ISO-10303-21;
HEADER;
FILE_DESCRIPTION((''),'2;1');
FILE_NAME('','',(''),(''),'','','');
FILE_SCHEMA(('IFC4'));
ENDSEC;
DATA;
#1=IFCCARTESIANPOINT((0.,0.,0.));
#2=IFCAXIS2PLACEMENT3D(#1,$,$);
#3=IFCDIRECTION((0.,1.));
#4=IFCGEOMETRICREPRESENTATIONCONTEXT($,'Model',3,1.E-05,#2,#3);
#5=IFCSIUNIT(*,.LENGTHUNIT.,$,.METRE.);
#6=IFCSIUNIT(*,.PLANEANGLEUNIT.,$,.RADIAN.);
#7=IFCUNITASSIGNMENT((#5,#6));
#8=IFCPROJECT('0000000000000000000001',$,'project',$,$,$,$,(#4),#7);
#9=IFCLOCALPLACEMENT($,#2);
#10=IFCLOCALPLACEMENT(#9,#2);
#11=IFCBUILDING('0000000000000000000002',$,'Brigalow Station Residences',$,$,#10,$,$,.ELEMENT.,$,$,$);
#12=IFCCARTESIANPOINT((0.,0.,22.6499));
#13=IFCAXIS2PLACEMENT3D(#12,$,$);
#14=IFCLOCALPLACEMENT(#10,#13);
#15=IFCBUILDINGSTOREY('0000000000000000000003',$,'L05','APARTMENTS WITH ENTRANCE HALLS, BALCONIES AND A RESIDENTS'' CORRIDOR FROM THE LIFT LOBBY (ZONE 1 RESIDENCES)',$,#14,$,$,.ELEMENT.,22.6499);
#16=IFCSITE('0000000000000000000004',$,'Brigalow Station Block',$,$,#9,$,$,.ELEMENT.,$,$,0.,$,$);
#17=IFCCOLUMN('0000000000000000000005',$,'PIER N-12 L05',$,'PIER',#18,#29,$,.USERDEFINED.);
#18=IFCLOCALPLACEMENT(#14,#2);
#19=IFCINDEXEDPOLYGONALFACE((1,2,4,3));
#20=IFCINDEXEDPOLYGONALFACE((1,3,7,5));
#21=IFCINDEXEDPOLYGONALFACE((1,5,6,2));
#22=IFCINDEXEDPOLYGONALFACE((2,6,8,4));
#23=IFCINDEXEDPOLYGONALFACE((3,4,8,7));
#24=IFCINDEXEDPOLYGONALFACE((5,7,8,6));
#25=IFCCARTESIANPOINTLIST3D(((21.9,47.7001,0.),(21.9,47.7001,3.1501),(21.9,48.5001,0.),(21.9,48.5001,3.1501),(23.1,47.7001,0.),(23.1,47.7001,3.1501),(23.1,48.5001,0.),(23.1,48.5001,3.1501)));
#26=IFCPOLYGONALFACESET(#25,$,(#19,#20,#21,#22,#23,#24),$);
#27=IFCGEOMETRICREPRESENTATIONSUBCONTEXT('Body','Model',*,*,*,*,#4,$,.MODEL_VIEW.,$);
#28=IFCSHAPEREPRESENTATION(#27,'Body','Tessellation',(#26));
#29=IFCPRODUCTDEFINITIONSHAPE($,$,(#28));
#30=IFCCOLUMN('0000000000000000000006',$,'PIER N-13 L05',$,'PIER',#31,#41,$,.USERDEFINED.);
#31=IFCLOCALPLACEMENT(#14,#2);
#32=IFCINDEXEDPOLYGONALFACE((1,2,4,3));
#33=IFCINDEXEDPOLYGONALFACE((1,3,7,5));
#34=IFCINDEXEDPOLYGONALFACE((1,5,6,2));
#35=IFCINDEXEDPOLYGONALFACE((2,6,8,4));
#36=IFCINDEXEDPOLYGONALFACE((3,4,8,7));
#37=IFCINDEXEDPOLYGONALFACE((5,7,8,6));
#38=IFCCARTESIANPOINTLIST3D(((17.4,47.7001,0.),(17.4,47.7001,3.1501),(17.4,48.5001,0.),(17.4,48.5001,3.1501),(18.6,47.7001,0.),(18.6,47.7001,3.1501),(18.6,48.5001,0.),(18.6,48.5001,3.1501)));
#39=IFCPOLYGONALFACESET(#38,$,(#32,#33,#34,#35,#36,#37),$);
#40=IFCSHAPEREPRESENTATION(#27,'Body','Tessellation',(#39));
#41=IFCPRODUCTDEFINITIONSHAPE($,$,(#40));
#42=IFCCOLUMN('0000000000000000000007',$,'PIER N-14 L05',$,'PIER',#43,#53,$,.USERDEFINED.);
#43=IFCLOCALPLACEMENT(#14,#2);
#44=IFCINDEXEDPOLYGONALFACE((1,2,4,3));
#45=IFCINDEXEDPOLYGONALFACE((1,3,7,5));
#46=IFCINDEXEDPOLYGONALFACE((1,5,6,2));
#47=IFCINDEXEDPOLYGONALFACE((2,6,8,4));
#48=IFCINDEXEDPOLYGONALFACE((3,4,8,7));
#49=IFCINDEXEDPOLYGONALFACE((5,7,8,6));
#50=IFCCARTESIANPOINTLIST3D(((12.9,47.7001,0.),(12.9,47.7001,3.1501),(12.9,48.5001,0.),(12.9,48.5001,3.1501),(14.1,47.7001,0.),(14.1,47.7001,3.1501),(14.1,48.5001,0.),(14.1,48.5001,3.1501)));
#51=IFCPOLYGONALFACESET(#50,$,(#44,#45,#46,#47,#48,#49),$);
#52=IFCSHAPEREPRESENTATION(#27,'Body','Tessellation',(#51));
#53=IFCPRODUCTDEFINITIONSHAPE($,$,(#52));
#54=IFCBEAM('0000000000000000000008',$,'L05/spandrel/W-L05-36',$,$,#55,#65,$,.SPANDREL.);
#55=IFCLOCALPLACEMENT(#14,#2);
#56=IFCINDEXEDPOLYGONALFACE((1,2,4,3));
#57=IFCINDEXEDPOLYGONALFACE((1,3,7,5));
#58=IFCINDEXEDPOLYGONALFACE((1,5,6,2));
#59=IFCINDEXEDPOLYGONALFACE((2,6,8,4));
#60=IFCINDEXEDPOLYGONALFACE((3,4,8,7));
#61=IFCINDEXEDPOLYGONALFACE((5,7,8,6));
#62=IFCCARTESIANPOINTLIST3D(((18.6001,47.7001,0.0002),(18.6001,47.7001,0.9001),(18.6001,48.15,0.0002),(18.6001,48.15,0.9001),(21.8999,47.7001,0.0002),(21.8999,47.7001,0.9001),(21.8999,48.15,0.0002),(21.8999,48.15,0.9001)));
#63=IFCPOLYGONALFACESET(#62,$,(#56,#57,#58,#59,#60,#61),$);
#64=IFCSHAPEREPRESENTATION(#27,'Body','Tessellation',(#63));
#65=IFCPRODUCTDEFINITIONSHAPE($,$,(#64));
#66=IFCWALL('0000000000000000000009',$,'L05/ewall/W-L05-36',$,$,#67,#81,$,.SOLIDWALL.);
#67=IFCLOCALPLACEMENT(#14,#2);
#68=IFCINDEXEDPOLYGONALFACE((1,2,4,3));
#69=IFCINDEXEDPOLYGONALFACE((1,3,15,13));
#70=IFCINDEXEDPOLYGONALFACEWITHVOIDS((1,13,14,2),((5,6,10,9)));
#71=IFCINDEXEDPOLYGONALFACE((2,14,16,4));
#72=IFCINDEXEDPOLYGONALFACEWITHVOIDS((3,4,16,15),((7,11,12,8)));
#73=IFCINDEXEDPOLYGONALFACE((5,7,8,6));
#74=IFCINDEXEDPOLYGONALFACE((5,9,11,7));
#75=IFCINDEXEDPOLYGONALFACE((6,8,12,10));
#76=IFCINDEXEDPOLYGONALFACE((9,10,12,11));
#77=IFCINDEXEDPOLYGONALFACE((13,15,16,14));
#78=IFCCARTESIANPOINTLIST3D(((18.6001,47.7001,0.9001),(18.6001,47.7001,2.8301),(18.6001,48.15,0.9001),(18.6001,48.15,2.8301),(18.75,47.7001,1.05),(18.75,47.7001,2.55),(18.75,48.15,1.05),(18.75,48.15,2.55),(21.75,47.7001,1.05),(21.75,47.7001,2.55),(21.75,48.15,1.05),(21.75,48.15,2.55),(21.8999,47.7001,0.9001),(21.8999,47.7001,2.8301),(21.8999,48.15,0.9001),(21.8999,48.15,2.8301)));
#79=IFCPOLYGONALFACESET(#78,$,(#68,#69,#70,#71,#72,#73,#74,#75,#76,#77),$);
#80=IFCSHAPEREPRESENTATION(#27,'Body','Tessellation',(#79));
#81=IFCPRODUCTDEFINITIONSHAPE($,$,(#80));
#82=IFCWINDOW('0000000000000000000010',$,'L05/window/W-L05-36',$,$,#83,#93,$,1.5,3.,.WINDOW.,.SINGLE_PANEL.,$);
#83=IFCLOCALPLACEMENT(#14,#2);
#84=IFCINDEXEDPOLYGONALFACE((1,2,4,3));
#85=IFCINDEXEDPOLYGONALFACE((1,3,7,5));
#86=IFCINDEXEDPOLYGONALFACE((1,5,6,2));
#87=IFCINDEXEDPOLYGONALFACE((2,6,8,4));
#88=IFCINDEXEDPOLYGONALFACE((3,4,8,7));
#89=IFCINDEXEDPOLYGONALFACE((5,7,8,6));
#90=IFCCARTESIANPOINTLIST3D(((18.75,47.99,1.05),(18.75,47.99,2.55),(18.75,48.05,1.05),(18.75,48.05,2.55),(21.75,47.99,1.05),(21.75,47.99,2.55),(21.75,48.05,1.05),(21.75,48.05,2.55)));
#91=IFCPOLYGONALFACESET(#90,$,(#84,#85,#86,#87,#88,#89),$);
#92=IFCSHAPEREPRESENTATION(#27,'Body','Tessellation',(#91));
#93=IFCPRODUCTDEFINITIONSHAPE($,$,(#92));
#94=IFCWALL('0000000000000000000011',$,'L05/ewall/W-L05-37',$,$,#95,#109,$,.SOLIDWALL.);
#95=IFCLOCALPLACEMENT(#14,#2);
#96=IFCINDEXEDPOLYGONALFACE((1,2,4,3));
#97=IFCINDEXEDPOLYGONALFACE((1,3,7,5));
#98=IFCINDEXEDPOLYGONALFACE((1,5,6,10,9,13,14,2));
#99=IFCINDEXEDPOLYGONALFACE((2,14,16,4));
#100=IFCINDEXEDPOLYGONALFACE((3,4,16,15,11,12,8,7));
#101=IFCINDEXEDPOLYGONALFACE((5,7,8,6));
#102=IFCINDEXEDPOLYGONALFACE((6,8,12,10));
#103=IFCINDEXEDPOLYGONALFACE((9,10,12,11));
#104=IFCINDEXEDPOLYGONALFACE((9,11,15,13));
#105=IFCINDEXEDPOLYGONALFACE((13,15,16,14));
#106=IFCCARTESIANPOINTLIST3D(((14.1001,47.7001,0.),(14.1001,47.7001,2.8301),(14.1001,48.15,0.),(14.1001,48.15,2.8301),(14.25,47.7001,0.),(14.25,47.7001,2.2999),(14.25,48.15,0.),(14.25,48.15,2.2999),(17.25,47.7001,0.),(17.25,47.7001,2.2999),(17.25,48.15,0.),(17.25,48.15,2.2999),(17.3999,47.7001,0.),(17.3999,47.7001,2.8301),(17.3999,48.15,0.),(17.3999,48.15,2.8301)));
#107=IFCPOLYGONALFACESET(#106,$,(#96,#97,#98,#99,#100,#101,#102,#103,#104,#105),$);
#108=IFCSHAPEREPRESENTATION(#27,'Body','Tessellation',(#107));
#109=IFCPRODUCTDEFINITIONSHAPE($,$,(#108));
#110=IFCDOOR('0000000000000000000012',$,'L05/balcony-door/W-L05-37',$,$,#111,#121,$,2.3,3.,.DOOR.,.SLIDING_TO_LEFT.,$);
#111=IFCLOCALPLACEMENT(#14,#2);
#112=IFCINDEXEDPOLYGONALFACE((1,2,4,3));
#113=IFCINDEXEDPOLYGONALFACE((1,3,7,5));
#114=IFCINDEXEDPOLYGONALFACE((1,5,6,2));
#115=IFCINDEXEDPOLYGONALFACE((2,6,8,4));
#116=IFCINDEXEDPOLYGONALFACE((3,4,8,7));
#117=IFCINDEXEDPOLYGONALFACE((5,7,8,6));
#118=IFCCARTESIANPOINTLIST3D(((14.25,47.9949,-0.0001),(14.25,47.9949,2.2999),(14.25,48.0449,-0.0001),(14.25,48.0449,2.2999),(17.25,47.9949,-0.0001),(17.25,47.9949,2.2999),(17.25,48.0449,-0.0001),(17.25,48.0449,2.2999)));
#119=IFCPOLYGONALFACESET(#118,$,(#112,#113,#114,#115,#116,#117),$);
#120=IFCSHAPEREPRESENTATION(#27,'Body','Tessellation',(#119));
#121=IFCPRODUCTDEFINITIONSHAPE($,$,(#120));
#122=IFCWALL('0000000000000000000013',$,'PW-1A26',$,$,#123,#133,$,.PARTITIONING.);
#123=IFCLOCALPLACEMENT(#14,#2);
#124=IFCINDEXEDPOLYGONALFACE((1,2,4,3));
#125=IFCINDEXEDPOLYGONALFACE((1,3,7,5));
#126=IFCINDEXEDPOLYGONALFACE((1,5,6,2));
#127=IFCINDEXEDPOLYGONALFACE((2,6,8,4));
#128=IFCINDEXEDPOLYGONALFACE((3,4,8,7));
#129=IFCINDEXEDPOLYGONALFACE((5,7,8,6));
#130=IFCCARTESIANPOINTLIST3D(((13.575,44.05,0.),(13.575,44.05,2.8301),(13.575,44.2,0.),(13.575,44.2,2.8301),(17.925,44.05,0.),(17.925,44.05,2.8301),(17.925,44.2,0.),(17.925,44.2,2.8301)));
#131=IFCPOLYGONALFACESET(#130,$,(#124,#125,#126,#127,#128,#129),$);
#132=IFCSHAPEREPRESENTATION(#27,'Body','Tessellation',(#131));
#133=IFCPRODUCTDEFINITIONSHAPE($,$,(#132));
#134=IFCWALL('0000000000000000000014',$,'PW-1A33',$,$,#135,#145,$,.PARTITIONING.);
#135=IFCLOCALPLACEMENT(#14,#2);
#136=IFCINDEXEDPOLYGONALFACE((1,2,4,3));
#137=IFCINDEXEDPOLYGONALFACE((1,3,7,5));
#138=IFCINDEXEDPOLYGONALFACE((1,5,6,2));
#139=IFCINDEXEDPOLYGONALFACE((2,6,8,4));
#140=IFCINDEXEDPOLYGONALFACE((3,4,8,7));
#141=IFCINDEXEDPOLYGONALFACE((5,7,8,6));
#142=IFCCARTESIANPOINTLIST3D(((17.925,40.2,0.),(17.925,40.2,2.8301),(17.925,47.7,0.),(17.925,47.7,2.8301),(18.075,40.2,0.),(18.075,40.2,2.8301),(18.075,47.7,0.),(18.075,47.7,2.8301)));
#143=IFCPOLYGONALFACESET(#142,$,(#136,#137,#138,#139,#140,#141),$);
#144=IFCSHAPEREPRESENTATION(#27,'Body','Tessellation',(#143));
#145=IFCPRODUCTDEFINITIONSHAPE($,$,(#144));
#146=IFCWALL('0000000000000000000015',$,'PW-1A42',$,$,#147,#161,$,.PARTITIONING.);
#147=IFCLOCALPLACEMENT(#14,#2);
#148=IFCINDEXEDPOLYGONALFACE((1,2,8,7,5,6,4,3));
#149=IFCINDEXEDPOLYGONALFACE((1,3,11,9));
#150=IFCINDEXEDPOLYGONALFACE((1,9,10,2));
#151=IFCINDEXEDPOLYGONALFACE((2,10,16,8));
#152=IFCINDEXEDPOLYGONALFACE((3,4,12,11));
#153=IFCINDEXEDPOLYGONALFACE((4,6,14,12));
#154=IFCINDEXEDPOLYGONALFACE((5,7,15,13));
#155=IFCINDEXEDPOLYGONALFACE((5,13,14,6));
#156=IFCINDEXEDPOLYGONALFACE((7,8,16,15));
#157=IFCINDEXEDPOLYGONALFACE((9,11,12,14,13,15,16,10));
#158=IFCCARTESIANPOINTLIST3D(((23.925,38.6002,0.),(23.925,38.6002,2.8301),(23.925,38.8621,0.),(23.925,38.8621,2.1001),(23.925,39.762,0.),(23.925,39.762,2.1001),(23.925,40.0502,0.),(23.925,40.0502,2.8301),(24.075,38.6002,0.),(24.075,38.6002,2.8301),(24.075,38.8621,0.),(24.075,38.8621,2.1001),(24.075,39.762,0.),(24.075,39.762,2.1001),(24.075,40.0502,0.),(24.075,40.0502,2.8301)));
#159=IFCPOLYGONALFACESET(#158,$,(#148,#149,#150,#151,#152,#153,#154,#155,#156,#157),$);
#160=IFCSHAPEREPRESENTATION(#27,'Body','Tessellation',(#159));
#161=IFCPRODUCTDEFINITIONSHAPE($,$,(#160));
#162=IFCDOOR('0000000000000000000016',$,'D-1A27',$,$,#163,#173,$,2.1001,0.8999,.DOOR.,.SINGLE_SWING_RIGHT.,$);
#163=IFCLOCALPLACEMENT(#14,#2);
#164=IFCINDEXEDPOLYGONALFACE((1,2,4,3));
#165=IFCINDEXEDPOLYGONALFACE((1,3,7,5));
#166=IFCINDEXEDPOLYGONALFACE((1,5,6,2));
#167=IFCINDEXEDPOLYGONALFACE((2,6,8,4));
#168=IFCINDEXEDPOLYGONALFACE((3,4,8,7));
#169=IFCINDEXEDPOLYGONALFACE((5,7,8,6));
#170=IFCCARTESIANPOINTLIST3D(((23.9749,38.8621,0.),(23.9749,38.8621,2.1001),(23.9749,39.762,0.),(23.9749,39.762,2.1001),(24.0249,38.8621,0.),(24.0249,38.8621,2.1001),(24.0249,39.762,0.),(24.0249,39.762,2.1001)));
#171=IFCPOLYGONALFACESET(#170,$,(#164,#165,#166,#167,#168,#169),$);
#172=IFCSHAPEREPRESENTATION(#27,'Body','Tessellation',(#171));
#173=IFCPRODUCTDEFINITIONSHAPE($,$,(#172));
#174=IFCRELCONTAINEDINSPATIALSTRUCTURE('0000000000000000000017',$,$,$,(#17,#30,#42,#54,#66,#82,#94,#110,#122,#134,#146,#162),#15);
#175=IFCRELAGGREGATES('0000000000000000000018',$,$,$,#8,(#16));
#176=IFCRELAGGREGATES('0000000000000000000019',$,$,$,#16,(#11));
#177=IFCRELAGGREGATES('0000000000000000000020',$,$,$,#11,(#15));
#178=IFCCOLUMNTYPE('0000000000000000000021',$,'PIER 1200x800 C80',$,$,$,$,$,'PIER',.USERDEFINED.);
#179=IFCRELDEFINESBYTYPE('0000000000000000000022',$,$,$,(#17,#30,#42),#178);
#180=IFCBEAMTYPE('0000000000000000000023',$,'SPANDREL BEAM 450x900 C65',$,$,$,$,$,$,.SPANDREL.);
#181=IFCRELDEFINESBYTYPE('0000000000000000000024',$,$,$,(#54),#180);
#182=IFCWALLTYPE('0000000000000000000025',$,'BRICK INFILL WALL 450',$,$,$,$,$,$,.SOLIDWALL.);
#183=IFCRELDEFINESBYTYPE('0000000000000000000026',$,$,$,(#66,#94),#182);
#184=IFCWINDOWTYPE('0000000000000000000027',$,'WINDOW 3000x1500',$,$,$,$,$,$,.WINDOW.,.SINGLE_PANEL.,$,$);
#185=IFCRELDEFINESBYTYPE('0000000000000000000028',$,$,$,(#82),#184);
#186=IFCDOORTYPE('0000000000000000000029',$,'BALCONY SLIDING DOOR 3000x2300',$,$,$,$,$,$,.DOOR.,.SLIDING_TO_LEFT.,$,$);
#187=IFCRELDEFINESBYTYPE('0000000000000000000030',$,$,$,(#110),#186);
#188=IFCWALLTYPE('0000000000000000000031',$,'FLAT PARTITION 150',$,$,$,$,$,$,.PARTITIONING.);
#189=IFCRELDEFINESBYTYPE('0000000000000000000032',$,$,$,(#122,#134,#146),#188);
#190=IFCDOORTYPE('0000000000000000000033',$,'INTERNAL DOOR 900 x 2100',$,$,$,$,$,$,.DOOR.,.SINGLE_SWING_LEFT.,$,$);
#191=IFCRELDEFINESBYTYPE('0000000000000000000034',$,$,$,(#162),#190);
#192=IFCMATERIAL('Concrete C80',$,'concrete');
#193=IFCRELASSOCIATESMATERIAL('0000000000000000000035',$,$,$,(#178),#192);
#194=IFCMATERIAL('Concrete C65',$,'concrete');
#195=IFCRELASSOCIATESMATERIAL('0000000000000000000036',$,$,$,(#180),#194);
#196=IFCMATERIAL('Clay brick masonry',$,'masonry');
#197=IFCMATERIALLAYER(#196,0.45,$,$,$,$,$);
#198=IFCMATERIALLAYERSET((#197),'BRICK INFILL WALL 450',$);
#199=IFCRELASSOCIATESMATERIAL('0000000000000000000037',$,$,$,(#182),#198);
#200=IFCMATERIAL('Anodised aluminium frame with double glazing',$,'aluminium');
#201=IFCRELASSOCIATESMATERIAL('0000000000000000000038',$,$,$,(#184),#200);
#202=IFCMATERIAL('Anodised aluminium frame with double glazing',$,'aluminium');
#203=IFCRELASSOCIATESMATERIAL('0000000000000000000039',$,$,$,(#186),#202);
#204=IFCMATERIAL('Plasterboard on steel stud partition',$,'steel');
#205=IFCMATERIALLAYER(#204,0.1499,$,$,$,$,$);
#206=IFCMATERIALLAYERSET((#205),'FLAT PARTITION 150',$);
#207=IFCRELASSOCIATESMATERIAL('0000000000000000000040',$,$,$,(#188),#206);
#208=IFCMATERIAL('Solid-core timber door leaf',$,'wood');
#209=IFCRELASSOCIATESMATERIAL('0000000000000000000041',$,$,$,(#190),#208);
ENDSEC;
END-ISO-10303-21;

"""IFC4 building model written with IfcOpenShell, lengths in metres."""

from ifc_helpers import new_model, si_unit, direction, frame, frame_2d, origin, origin_2d, place, context, subcontext, project, spatial, rectangle, extrude, material, layer, layer_set, material_profile, profile_set, type_object, element, fill, save


model = new_model("IFC4")

# Units and contexts
model_context = context("Model", 3, precision=1e-05, world=origin(), true_north=direction((0.0, 1.0)))
body_context = subcontext(model_context, "Body", "Model", "MODEL_VIEW")
ifc_project = project(units=[si_unit("LENGTHUNIT", "METRE"), si_unit("PLANEANGLEUNIT", "RADIAN")], contexts=[model_context])

# Site, building, storey
site_placement = place(None, origin())
site = spatial("IfcSite", under=ifc_project, at=site_placement, Name="Brigalow Station Block", CompositionType="ELEMENT", RefElevation=0.0)
building_placement = place(site_placement, origin())
building = spatial("IfcBuilding", under=site, at=building_placement, Name="Brigalow Station Residences", CompositionType="ELEMENT")
storey_placement = place(building_placement, frame((0.0, 0.0, 22.6499)))
storey = spatial("IfcBuildingStorey", under=building, at=storey_placement, Name="L05", Description="APARTMENTS WITH ENTRANCE HALLS, BALCONIES AND A RESIDENTS' CORRIDOR FROM THE LIFT LOBBY (ZONE 1 RESIDENCES)", CompositionType="ELEMENT", Elevation=22.6499)

# Columns
ifc_material_1 = material(Name="Concrete C80", Category="concrete")
ifc_material_profile_1 = material_profile(ifc_material_1, rectangle(XDim=1.2, YDim=0.8, at=origin_2d()), Name="RC1200x800")
ifc_profile_set_1 = profile_set([ifc_material_profile_1], Name="Concrete C80")
column_type = type_object("IfcColumnType", Name="PIER 1200x800 C80", ElementType="PIER", PredefinedType="USERDEFINED", material=ifc_profile_set_1)
for number, where, z_axis, x_axis, name in (
    (1, (22.5, 48.1001, 0.0), (0.0, 0.0, 1.0), (-1.0, 0.0, 0.0), "PIER N-12 L05"),
    (2, (18.0, 48.1001, 0.0), (0.0, 0.0, 1.0), (-1.0, 0.0, 0.0), "PIER N-13 L05"),
    (3, (13.5, 48.1001, 0.0), (0.0, 0.0, 1.0), (-1.0, 0.0, 0.0), "PIER N-14 L05"),
):
    element("IfcColumn", number, at=place(storey_placement, frame(where, z_axis=z_axis, x_axis=x_axis)), inside=storey, type_object=column_type, Name=name, ObjectType="PIER", PredefinedType="USERDEFINED", context=body_context, shape_type="SweptSolid", body=[
        extrude(rectangle(XDim=1.2, YDim=0.8, at=origin_2d()), origin(), (0.0, 0.0, 1.0), 3.1501),
    ])

# Beam
ifc_material_2 = material(Name="Concrete C65", Category="concrete")
ifc_material_profile_2 = material_profile(ifc_material_2, rectangle(XDim=0.45, YDim=0.8999, at=origin_2d()), Name="RC450x900")
ifc_profile_set_2 = profile_set([ifc_material_profile_2], Name="Concrete C65")
beam_type = type_object("IfcBeamType", Name="SPANDREL BEAM 450x900 C65", PredefinedType="SPANDREL", material=ifc_profile_set_2)
beam_placement = place(storey_placement, frame((21.8999, 47.925, 0.4502), z_axis=(-1.0, 0.0, 0.0), x_axis=(0.0, -1.0, 0.0)))
element("IfcBeam", 4, at=beam_placement, inside=storey, type_object=beam_type, Name="L05/spandrel/W-L05-36", PredefinedType="SPANDREL", context=body_context, shape_type="SweptSolid", body=[
    extrude(rectangle(XDim=0.45, YDim=0.8999, at=origin_2d()), origin(), (0.0, 0.0, 1.0), 3.2998),
])

# Wall, opening, window
ifc_material_3 = material(Name="Clay brick masonry", Category="masonry")
ifc_layer_1 = layer(ifc_material_3, 0.45)
ifc_layer_set_1 = layer_set([ifc_layer_1], Name="BRICK INFILL WALL 450")
wall_type_1 = type_object("IfcWallType", Name="BRICK INFILL WALL 450", PredefinedType="SOLIDWALL", material=ifc_layer_set_1)
wall_1_placement = place(storey_placement, frame((21.8999, 47.925, 0.9001), z_axis=(0.0, 0.0, 1.0), x_axis=(-1.0, 0.0, 0.0)))
wall_1 = element("IfcWall", 5, at=wall_1_placement, inside=storey, type_object=wall_type_1, Name="L05/ewall/W-L05-36", PredefinedType="SOLIDWALL", context=body_context, shape_type="SweptSolid", body=[
    extrude(rectangle(XDim=3.2998, YDim=0.45, at=frame_2d((1.6499, 0.0))), origin(), (0.0, 0.0, 1.0), 1.9299),
])
opening_1_placement = place(wall_1_placement, frame((0.1499, 0.0, 0.1499)))
opening_1 = element("IfcOpeningElement", 6, at=opening_1_placement, cuts=wall_1, PredefinedType="OPENING", context=body_context, shape_type="SweptSolid", body=[
    extrude(rectangle(XDim=3.0, YDim=1.5, at=frame_2d((1.5, 0.75))), frame((0.0, 0.2349, 0.0), z_axis=(0.0, -1.0, 0.0), x_axis=(1.0, 0.0, 0.0)), (0.0, 0.0, 1.0), 0.47),
])
ifc_material_4 = material(Name="Anodised aluminium frame with double glazing", Category="aluminium")
window_type = type_object("IfcWindowType", Name="WINDOW 3000x1500", PartitioningType="SINGLE_PANEL", PredefinedType="WINDOW", material=ifc_material_4)
window_placement = place(opening_1_placement, origin())
window = element("IfcWindow", 7, at=window_placement, inside=storey, type_object=window_type, Name="L05/window/W-L05-36", OverallHeight=1.5, OverallWidth=3.0, PartitioningType="SINGLE_PANEL", PredefinedType="WINDOW", context=body_context, shape_type="SweptSolid", body=[
    extrude(rectangle(XDim=3.0, YDim=1.5, at=frame_2d((1.5, 0.75))), frame((0.0, -0.0649, 0.0), z_axis=(0.0, -1.0, 0.0), x_axis=(1.0, 0.0, 0.0)), (0.0, 0.0, 1.0), 0.0601),
])
fill(opening_1, window)

# Wall, opening, door
wall_2_placement = place(storey_placement, frame((17.3999, 47.925, 0.0), z_axis=(0.0, 0.0, 1.0), x_axis=(-1.0, 0.0, 0.0)))
wall_2 = element("IfcWall", 8, at=wall_2_placement, inside=storey, type_object=wall_type_1, Name="L05/ewall/W-L05-37", PredefinedType="SOLIDWALL", context=body_context, shape_type="SweptSolid", body=[
    extrude(rectangle(XDim=3.2998, YDim=0.45, at=frame_2d((1.6499, 0.0))), origin(), (0.0, 0.0, 1.0), 2.8301),
])
opening_2_placement = place(wall_2_placement, frame((0.1499, 0.0, 0.0)))
opening_2 = element("IfcOpeningElement", 9, at=opening_2_placement, cuts=wall_2, PredefinedType="OPENING", context=body_context, shape_type="SweptSolid", body=[
    extrude(rectangle(XDim=3.0, YDim=2.3, at=frame_2d((1.5, 1.1499))), frame((0.0, 0.2349, 0.0), z_axis=(0.0, -1.0, 0.0), x_axis=(1.0, 0.0, 0.0)), (0.0, 0.0, 1.0), 0.47),
])
ifc_material_5 = material(Name="Anodised aluminium frame with double glazing", Category="aluminium")
door_type_1 = type_object("IfcDoorType", Name="BALCONY SLIDING DOOR 3000x2300", OperationType="SLIDING_TO_LEFT", PredefinedType="DOOR", material=ifc_material_5)
door_1_placement = place(opening_2_placement, origin())
door_1 = element("IfcDoor", 10, at=door_1_placement, inside=storey, type_object=door_type_1, Name="L05/balcony-door/W-L05-37", OperationType="SLIDING_TO_LEFT", OverallHeight=2.3, OverallWidth=3.0, PredefinedType="DOOR", context=body_context, shape_type="SweptSolid", body=[
    extrude(rectangle(XDim=3.0, YDim=2.3, at=frame_2d((1.5, 1.1499))), frame((0.0, -0.0698, 0.0), z_axis=(0.0, -1.0, 0.0), x_axis=(1.0, 0.0, 0.0)), (0.0, 0.0, 1.0), 0.05),
])
fill(opening_2, door_1)

# Walls
ifc_material_6 = material(Name="Plasterboard on steel stud partition", Category="steel")
ifc_layer_2 = layer(ifc_material_6, 0.1499)
ifc_layer_set_2 = layer_set([ifc_layer_2], Name="FLAT PARTITION 150")
wall_type_2 = type_object("IfcWallType", Name="FLAT PARTITION 150", PredefinedType="PARTITIONING", material=ifc_layer_set_2)
wall_3_placement = place(storey_placement, frame((13.575, 44.125, 0.0), z_axis=(0.0, 0.0, 1.0), x_axis=(1.0, 0.0, 0.0)))
element("IfcWall", 11, at=wall_3_placement, inside=storey, type_object=wall_type_2, Name="PW-1A26", PredefinedType="PARTITIONING", context=body_context, shape_type="SweptSolid", body=[
    extrude(rectangle(XDim=4.3501, YDim=0.1499, at=frame_2d((2.175, 0.0))), origin(), (0.0, 0.0, 1.0), 2.8301),
])
wall_4_placement = place(storey_placement, frame((18.0, 40.2, 0.0), z_axis=(0.0, 0.0, 1.0), x_axis=(0.0, 1.0, 0.0)))
element("IfcWall", 12, at=wall_4_placement, inside=storey, type_object=wall_type_2, Name="PW-1A33", PredefinedType="PARTITIONING", context=body_context, shape_type="SweptSolid", body=[
    extrude(rectangle(XDim=7.5, YDim=0.1499, at=frame_2d((3.75, 0.0))), origin(), (0.0, 0.0, 1.0), 2.8301),
])

# Wall, opening, door
wall_5_placement = place(storey_placement, frame((24.0, 38.6001, 0.0), z_axis=(0.0, 0.0, 1.0), x_axis=(0.0, 1.0, 0.0)))
wall_5 = element("IfcWall", 13, at=wall_5_placement, inside=storey, type_object=wall_type_2, Name="PW-1A42", PredefinedType="PARTITIONING", context=body_context, shape_type="SweptSolid", body=[
    extrude(rectangle(XDim=1.45, YDim=0.1499, at=frame_2d((0.7251, 0.0))), origin(), (0.0, 0.0, 1.0), 2.8301),
])
opening_3_placement = place(wall_5_placement, frame((0.262, 0.0, 0.0)))
opening_3 = element("IfcOpeningElement", 14, at=opening_3_placement, cuts=wall_5, PredefinedType="OPENING", context=body_context, shape_type="SweptSolid", body=[
    extrude(rectangle(XDim=0.8999, YDim=2.1001, at=frame_2d((0.45, 1.05))), frame((0.0, 0.085, 0.0), z_axis=(0.0, -1.0, 0.0), x_axis=(1.0, 0.0, 0.0)), (0.0, 0.0, 1.0), 0.1699),
])
ifc_material_7 = material(Name="Solid-core timber door leaf", Category="wood")
door_type_2 = type_object("IfcDoorType", Name="INTERNAL DOOR 900 x 2100", OperationType="SINGLE_SWING_LEFT", PredefinedType="DOOR", material=ifc_material_7)
door_2_placement = place(opening_3_placement, frame((0.8999, 0.0, 0.0), z_axis=(0.0, 0.0, 1.0), x_axis=(-1.0, 0.0, 0.0)))
door_2 = element("IfcDoor", 15, at=door_2_placement, inside=storey, type_object=door_type_2, Name="D-1A27", OperationType="SINGLE_SWING_RIGHT", OverallHeight=2.1001, OverallWidth=0.8999, PredefinedType="DOOR", context=body_context, shape_type="SweptSolid", body=[
    extrude(rectangle(XDim=0.8999, YDim=2.1001, at=frame_2d((0.45, 1.05))), frame((0.0, 0.0249, 0.0), z_axis=(0.0, -1.0, 0.0), x_axis=(1.0, 0.0, 0.0)), (0.0, 0.0, 1.0), 0.05),
])
fill(opening_3, door_2)

save(model, "model.ifc")
